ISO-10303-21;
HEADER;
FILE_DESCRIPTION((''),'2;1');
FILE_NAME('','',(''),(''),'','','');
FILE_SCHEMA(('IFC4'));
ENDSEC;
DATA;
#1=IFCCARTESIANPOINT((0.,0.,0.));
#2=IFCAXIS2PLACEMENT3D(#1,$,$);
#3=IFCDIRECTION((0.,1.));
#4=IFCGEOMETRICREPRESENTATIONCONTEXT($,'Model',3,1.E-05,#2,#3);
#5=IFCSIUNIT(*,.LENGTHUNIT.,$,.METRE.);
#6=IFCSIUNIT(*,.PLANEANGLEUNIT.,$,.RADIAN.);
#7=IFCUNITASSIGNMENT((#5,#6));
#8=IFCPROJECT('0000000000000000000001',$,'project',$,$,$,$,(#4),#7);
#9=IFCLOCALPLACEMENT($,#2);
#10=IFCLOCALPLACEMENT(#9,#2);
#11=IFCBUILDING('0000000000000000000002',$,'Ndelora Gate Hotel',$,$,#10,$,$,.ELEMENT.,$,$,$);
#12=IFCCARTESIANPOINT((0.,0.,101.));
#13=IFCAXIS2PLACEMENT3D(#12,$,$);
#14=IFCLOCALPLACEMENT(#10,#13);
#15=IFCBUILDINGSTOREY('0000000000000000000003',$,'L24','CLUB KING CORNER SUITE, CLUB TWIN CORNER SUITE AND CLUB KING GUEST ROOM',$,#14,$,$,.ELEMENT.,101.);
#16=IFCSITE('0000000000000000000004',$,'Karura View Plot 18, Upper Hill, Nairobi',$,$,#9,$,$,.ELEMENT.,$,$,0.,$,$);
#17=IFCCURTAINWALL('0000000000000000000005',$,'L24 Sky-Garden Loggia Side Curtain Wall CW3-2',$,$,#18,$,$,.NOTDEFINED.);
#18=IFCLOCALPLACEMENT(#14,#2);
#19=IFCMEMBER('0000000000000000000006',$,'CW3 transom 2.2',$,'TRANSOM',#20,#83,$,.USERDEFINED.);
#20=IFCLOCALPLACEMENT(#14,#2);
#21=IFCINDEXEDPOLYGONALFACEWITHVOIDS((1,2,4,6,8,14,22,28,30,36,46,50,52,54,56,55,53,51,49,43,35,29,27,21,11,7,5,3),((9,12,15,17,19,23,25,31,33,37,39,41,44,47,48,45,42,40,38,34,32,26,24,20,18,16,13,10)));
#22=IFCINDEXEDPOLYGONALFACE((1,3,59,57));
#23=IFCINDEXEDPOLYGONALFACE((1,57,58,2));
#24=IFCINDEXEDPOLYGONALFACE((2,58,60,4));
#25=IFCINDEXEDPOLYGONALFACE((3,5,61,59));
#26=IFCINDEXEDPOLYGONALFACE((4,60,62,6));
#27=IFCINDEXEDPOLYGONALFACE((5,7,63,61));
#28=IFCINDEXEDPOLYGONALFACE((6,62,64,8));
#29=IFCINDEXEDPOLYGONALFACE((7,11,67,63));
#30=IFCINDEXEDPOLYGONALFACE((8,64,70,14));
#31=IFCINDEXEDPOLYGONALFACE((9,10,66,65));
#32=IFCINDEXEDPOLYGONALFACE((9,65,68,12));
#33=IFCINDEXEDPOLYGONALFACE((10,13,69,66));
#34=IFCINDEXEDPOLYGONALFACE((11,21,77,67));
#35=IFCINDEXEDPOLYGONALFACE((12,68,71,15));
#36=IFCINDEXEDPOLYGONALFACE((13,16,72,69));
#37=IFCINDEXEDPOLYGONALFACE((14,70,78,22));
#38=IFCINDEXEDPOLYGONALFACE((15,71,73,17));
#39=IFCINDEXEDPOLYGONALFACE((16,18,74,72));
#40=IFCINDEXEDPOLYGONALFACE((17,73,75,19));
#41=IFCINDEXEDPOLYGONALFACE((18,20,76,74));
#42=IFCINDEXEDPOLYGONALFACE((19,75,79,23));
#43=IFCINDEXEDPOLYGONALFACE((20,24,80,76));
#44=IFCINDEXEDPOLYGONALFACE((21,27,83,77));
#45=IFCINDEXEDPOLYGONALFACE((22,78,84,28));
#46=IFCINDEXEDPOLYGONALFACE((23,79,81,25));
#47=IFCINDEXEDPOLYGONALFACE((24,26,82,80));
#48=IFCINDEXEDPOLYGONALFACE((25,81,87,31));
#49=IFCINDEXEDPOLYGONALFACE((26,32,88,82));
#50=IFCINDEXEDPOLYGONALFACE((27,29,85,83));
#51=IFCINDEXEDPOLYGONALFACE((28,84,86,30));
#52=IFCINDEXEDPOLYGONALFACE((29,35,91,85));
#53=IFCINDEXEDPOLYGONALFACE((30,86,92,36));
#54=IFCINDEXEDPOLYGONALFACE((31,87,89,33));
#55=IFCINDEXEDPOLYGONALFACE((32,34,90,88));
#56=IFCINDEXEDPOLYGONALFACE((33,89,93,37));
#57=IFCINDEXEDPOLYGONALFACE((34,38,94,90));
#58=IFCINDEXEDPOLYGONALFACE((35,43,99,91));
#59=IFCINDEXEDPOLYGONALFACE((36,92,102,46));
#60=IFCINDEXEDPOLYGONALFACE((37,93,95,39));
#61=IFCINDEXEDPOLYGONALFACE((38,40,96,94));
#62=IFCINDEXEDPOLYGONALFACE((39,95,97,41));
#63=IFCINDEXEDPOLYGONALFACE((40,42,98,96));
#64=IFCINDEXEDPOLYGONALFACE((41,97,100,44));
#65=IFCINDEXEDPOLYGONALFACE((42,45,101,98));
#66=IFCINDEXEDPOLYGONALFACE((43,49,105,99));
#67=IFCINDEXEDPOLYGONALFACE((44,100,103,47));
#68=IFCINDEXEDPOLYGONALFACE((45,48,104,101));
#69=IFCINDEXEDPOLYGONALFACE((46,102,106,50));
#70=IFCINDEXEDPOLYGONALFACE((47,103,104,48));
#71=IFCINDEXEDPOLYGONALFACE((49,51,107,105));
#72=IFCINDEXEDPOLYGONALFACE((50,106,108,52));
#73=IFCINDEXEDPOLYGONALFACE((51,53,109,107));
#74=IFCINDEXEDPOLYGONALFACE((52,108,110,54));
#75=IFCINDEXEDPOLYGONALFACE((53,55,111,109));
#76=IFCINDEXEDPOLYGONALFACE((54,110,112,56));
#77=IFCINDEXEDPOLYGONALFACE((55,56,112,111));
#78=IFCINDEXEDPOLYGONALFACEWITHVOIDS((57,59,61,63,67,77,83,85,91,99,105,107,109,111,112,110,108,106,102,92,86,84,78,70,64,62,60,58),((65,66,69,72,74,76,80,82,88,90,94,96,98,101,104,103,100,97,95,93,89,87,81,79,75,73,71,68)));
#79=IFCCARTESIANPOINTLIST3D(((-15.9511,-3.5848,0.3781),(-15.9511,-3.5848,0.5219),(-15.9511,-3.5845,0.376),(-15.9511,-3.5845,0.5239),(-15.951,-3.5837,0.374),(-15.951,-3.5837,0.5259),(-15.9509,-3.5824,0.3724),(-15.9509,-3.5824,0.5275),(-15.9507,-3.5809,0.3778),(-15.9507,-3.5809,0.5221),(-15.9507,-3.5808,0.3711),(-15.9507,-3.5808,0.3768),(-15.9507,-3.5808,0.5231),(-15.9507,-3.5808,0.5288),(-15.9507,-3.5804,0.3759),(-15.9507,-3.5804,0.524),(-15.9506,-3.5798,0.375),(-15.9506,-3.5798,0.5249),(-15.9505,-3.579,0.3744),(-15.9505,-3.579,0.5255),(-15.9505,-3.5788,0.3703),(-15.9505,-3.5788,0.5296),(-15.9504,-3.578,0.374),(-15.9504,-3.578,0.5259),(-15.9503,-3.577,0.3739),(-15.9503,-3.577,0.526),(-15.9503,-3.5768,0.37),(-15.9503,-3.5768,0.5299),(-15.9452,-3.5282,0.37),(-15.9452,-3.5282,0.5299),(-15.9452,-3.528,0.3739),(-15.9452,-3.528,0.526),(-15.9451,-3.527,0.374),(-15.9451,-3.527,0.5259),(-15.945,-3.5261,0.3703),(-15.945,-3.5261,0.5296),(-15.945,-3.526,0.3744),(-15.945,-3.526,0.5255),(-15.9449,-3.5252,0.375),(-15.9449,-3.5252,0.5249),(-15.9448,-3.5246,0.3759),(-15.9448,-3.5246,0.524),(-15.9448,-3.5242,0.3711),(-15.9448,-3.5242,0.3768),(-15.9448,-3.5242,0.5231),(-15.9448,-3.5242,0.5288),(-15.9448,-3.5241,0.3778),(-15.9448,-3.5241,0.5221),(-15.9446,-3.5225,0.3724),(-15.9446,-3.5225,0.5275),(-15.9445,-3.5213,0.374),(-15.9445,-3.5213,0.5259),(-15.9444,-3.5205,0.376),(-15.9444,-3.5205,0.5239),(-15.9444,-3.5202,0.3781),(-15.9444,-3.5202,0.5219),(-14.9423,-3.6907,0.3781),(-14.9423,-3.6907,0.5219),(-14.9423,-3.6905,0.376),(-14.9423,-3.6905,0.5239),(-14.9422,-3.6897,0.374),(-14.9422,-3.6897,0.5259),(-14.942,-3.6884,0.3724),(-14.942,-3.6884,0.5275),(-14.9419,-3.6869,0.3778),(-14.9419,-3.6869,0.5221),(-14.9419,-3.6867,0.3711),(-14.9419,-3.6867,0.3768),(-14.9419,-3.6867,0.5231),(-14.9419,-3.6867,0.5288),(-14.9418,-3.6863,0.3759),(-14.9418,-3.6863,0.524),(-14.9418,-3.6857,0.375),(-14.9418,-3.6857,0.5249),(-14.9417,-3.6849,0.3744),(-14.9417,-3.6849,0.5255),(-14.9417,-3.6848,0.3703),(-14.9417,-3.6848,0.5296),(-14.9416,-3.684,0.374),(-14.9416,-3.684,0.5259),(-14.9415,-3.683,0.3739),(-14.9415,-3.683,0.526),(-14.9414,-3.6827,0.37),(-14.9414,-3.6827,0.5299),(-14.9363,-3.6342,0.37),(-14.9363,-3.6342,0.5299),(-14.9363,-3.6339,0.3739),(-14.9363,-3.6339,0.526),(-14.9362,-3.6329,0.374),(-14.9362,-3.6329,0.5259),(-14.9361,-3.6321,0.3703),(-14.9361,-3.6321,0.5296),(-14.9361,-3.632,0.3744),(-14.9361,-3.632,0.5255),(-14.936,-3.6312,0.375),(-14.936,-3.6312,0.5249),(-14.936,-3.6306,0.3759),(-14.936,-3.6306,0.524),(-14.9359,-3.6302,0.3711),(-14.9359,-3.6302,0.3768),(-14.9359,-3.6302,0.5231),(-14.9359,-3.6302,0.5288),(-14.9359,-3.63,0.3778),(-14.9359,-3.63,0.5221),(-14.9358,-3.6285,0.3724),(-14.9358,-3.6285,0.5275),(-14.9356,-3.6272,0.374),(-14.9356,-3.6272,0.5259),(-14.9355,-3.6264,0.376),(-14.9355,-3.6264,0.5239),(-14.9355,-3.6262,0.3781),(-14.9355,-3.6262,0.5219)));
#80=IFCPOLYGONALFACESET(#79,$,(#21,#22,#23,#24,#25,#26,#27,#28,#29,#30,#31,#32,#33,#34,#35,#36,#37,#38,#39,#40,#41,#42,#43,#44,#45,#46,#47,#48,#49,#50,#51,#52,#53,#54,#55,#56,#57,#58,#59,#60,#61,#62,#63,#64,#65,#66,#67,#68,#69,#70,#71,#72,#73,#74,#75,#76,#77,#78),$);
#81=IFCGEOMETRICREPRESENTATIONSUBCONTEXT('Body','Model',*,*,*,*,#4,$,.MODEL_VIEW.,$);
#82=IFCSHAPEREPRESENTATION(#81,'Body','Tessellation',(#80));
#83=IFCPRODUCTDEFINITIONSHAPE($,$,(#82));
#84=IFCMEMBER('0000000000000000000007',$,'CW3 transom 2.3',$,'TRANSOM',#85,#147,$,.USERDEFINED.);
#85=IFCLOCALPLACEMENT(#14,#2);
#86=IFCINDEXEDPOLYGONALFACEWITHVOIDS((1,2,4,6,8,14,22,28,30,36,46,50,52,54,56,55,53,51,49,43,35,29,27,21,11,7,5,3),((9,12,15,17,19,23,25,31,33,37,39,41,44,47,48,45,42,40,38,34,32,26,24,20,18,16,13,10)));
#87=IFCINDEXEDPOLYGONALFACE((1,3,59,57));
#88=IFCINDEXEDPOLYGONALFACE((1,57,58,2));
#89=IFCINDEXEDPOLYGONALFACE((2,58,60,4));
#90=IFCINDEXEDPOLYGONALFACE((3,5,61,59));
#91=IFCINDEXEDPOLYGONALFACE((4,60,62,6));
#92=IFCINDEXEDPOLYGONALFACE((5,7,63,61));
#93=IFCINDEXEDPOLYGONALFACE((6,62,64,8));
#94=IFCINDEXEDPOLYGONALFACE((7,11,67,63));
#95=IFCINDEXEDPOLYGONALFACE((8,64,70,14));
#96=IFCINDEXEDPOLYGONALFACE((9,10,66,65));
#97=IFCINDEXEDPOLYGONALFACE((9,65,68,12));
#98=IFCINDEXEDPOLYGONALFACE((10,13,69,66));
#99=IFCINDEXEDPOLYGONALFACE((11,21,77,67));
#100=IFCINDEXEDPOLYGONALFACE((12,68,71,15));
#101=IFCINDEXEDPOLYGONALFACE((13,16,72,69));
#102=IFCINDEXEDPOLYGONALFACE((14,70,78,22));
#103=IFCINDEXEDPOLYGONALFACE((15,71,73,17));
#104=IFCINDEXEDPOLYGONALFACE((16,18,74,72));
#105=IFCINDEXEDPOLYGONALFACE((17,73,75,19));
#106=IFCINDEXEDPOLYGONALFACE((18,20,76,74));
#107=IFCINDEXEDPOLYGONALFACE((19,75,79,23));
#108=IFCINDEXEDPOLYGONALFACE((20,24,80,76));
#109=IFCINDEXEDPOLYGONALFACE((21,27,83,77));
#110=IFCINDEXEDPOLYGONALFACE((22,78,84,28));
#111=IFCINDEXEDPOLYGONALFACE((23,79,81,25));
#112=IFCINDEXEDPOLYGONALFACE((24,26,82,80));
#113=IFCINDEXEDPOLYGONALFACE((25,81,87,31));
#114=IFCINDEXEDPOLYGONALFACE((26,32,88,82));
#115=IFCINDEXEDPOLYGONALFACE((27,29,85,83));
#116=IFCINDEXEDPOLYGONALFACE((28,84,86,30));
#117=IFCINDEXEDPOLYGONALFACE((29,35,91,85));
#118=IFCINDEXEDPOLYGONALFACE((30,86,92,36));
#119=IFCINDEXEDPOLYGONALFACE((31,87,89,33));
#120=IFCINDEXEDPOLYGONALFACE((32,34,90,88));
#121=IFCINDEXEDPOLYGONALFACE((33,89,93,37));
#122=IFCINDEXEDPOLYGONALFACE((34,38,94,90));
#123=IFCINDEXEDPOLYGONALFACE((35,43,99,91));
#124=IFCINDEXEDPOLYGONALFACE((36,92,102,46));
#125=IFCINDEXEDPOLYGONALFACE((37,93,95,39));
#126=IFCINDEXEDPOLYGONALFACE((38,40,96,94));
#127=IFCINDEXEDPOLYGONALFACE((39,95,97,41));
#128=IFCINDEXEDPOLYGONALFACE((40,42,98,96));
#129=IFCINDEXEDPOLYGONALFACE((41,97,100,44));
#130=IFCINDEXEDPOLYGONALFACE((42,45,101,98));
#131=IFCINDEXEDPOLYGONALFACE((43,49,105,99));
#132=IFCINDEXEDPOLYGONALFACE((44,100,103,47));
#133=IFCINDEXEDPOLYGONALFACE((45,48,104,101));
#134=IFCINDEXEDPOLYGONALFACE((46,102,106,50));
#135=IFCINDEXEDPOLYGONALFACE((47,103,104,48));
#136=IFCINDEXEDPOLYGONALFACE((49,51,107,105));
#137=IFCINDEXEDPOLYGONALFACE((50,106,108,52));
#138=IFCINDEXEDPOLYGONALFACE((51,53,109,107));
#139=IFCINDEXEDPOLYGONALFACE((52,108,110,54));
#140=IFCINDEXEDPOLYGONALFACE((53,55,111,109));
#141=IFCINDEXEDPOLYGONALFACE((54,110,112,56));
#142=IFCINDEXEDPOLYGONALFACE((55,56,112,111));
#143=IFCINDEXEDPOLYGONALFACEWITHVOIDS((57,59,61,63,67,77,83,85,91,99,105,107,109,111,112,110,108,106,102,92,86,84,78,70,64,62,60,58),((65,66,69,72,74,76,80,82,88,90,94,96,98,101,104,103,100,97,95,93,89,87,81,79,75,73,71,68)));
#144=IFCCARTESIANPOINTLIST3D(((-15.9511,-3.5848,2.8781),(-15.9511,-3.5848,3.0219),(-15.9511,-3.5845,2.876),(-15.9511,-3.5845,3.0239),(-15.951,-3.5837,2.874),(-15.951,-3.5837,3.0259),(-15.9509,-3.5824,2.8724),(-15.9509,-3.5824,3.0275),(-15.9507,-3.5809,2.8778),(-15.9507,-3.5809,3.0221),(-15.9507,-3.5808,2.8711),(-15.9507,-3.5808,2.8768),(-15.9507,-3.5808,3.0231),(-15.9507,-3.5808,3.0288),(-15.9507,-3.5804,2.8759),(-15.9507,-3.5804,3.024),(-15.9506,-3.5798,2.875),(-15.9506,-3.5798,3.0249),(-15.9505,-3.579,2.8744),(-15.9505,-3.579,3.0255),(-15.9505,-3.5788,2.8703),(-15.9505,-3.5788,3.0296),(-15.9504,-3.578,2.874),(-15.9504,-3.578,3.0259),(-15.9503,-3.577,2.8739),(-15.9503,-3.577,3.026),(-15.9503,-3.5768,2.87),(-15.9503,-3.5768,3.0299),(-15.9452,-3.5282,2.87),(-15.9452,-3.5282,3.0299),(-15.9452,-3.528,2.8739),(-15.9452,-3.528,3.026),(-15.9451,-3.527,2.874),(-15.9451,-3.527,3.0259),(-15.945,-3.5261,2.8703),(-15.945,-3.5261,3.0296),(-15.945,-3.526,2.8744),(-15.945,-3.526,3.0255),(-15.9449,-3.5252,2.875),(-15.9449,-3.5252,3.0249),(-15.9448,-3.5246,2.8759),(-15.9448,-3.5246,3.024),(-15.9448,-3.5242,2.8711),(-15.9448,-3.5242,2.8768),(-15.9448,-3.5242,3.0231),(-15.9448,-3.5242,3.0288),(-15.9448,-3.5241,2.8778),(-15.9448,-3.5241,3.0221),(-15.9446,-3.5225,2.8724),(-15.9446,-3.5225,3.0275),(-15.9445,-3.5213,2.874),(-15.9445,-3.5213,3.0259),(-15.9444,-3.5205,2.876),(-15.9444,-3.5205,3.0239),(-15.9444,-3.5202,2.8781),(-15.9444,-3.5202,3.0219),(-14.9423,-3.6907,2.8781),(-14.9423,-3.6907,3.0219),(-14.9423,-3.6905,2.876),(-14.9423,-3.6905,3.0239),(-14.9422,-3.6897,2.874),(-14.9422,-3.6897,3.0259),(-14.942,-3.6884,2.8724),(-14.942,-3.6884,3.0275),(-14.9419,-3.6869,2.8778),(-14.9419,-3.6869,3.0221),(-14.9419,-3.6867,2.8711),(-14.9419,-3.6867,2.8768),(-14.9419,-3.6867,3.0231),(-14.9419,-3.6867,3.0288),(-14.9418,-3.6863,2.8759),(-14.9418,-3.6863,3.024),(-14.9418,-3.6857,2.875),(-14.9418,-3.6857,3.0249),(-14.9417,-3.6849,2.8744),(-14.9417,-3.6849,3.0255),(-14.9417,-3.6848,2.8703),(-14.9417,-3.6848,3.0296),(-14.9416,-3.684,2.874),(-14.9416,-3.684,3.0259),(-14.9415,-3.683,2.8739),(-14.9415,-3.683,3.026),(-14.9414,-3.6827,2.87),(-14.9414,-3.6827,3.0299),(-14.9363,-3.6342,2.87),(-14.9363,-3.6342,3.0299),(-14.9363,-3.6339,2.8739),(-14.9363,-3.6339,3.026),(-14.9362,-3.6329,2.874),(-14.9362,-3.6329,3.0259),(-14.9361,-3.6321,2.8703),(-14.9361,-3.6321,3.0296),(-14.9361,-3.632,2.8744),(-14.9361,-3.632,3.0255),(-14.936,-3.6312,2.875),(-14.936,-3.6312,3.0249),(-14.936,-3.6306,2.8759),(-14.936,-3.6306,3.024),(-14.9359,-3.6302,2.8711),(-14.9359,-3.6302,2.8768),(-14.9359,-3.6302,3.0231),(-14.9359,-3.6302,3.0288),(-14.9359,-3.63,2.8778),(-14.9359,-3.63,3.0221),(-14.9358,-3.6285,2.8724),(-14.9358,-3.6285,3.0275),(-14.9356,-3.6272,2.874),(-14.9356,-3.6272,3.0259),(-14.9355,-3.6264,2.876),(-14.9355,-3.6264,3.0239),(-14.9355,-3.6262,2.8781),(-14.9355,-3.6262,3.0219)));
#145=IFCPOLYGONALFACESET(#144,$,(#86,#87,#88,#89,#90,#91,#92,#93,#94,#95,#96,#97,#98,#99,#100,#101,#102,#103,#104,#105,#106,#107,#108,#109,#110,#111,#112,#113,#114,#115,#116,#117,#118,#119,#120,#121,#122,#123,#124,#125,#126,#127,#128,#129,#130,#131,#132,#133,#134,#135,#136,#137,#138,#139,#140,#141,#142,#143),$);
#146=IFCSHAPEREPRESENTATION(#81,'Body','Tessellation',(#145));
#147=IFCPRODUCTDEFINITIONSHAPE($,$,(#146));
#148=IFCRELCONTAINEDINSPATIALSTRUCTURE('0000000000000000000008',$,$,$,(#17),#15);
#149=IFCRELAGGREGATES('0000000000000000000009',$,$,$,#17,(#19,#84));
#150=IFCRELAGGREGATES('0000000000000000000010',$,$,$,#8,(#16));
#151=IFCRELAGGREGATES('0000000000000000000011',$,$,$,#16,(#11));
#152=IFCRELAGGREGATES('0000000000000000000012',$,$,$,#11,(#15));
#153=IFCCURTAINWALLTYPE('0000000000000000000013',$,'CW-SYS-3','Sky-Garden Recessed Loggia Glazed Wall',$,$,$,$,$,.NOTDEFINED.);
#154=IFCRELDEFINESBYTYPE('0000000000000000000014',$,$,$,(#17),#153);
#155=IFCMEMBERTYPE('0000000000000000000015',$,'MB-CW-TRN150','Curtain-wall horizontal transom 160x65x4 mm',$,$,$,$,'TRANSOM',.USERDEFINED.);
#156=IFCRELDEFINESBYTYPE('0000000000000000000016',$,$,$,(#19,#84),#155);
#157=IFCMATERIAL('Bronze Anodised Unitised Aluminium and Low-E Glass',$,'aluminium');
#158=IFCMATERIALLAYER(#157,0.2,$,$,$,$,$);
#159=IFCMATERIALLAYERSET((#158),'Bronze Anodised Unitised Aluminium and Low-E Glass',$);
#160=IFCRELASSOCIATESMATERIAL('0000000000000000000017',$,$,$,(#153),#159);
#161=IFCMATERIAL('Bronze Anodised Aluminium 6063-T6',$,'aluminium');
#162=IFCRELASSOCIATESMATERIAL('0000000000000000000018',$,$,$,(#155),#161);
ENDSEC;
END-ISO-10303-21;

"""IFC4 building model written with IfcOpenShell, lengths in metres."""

from ifc_helpers import new_model, si_unit, direction, frame, origin, origin_2d, place, context, subcontext, project, spatial, hollow_rectangle, extrude, material, layer, layer_set, material_profile, profile_set, type_object, element, aggregate, save


model = new_model("IFC4")

# Units and contexts
model_context = context("Model", 3, precision=1e-05, world=origin(), true_north=direction((0.0, 1.0)))
body_context = subcontext(model_context, "Body", "Model", "MODEL_VIEW")
ifc_project = project(units=[si_unit("LENGTHUNIT", "METRE"), si_unit("PLANEANGLEUNIT", "RADIAN")], contexts=[model_context])

# Site, building, storey
site_placement = place(None, origin())
site = spatial("IfcSite", under=ifc_project, at=site_placement, Name="Karura View Plot 18, Upper Hill, Nairobi", CompositionType="ELEMENT", RefElevation=0.0)
building_placement = place(site_placement, origin())
building = spatial("IfcBuilding", under=site, at=building_placement, Name="Ndelora Gate Hotel", CompositionType="ELEMENT")
storey_placement = place(building_placement, frame((0.0, 0.0, 101.0)))
storey = spatial("IfcBuildingStorey", under=building, at=storey_placement, Name="L24", Description="CLUB KING CORNER SUITE, CLUB TWIN CORNER SUITE AND CLUB KING GUEST ROOM", CompositionType="ELEMENT", Elevation=101.0)

# Curtain wall, members
ifc_material_1 = material(Name="Bronze Anodised Unitised Aluminium and Low-E Glass", Category="aluminium")
ifc_layer_1 = layer(ifc_material_1, 0.2)
ifc_layer_set_1 = layer_set([ifc_layer_1], Name="Bronze Anodised Unitised Aluminium and Low-E Glass")
curtain_wall_type = type_object("IfcCurtainWallType", Name="CW-SYS-3", Description="Sky-Garden Recessed Loggia Glazed Wall", PredefinedType="NOTDEFINED", material=ifc_layer_set_1)
curtain_wall_placement = place(storey_placement, origin())
curtain_wall = element("IfcCurtainWall", 1, at=curtain_wall_placement, inside=storey, type_object=curtain_wall_type, Name="L24 Sky-Garden Loggia Side Curtain Wall CW3-2", PredefinedType="NOTDEFINED")
ifc_material_2 = material(Name="Bronze Anodised Aluminium 6063-T6", Category="aluminium")
ifc_material_profile_1 = material_profile(ifc_material_2, hollow_rectangle(XDim=0.0649, YDim=0.1599, WallThickness=0.0039, InnerFilletRadius=0.0039, OuterFilletRadius=0.0081, at=origin_2d()), Name="ALU 160x65x4")
ifc_profile_set_1 = profile_set([ifc_material_profile_1], Name="Bronze Anodised Aluminium 6063-T6")
member_type_1 = type_object("IfcMemberType", Name="MB-CW-TRN150", Description="Curtain-wall horizontal transom 160x65x4 mm", ElementType="TRANSOM", PredefinedType="USERDEFINED", material=ifc_profile_set_1)
member_1_placement = place(storey_placement, frame((-15.9478, -3.5525, 0.45), z_axis=(0.994529, -0.104459, 0.0), x_axis=(0.104459, 0.994529, 0.0)))
member_1 = element("IfcMember", 2, at=member_1_placement, type_object=member_type_1, Name="CW3 transom 2.2", ObjectType="TRANSOM", PredefinedType="USERDEFINED", context=body_context, shape_type="SweptSolid", body=[
    extrude(hollow_rectangle(XDim=0.0649, YDim=0.1599, WallThickness=0.0039, InnerFilletRadius=0.0039, OuterFilletRadius=0.0081, at=origin_2d()), origin(), (0.0, 0.0, 1.0), 1.0144),
])
member_2_placement = place(storey_placement, frame((-15.9478, -3.5525, 2.95), z_axis=(0.994529, -0.104459, 0.0), x_axis=(0.104459, 0.994529, 0.0)))
member_2 = element("IfcMember", 3, at=member_2_placement, type_object=member_type_1, Name="CW3 transom 2.3", ObjectType="TRANSOM", PredefinedType="USERDEFINED", context=body_context, shape_type="SweptSolid", body=[
    extrude(hollow_rectangle(XDim=0.0649, YDim=0.1599, WallThickness=0.0039, InnerFilletRadius=0.0039, OuterFilletRadius=0.0081, at=origin_2d()), origin(), (0.0, 0.0, 1.0), 1.0144),
])
aggregate(curtain_wall, [member_1, member_2])

save(model, "model.ifc")
